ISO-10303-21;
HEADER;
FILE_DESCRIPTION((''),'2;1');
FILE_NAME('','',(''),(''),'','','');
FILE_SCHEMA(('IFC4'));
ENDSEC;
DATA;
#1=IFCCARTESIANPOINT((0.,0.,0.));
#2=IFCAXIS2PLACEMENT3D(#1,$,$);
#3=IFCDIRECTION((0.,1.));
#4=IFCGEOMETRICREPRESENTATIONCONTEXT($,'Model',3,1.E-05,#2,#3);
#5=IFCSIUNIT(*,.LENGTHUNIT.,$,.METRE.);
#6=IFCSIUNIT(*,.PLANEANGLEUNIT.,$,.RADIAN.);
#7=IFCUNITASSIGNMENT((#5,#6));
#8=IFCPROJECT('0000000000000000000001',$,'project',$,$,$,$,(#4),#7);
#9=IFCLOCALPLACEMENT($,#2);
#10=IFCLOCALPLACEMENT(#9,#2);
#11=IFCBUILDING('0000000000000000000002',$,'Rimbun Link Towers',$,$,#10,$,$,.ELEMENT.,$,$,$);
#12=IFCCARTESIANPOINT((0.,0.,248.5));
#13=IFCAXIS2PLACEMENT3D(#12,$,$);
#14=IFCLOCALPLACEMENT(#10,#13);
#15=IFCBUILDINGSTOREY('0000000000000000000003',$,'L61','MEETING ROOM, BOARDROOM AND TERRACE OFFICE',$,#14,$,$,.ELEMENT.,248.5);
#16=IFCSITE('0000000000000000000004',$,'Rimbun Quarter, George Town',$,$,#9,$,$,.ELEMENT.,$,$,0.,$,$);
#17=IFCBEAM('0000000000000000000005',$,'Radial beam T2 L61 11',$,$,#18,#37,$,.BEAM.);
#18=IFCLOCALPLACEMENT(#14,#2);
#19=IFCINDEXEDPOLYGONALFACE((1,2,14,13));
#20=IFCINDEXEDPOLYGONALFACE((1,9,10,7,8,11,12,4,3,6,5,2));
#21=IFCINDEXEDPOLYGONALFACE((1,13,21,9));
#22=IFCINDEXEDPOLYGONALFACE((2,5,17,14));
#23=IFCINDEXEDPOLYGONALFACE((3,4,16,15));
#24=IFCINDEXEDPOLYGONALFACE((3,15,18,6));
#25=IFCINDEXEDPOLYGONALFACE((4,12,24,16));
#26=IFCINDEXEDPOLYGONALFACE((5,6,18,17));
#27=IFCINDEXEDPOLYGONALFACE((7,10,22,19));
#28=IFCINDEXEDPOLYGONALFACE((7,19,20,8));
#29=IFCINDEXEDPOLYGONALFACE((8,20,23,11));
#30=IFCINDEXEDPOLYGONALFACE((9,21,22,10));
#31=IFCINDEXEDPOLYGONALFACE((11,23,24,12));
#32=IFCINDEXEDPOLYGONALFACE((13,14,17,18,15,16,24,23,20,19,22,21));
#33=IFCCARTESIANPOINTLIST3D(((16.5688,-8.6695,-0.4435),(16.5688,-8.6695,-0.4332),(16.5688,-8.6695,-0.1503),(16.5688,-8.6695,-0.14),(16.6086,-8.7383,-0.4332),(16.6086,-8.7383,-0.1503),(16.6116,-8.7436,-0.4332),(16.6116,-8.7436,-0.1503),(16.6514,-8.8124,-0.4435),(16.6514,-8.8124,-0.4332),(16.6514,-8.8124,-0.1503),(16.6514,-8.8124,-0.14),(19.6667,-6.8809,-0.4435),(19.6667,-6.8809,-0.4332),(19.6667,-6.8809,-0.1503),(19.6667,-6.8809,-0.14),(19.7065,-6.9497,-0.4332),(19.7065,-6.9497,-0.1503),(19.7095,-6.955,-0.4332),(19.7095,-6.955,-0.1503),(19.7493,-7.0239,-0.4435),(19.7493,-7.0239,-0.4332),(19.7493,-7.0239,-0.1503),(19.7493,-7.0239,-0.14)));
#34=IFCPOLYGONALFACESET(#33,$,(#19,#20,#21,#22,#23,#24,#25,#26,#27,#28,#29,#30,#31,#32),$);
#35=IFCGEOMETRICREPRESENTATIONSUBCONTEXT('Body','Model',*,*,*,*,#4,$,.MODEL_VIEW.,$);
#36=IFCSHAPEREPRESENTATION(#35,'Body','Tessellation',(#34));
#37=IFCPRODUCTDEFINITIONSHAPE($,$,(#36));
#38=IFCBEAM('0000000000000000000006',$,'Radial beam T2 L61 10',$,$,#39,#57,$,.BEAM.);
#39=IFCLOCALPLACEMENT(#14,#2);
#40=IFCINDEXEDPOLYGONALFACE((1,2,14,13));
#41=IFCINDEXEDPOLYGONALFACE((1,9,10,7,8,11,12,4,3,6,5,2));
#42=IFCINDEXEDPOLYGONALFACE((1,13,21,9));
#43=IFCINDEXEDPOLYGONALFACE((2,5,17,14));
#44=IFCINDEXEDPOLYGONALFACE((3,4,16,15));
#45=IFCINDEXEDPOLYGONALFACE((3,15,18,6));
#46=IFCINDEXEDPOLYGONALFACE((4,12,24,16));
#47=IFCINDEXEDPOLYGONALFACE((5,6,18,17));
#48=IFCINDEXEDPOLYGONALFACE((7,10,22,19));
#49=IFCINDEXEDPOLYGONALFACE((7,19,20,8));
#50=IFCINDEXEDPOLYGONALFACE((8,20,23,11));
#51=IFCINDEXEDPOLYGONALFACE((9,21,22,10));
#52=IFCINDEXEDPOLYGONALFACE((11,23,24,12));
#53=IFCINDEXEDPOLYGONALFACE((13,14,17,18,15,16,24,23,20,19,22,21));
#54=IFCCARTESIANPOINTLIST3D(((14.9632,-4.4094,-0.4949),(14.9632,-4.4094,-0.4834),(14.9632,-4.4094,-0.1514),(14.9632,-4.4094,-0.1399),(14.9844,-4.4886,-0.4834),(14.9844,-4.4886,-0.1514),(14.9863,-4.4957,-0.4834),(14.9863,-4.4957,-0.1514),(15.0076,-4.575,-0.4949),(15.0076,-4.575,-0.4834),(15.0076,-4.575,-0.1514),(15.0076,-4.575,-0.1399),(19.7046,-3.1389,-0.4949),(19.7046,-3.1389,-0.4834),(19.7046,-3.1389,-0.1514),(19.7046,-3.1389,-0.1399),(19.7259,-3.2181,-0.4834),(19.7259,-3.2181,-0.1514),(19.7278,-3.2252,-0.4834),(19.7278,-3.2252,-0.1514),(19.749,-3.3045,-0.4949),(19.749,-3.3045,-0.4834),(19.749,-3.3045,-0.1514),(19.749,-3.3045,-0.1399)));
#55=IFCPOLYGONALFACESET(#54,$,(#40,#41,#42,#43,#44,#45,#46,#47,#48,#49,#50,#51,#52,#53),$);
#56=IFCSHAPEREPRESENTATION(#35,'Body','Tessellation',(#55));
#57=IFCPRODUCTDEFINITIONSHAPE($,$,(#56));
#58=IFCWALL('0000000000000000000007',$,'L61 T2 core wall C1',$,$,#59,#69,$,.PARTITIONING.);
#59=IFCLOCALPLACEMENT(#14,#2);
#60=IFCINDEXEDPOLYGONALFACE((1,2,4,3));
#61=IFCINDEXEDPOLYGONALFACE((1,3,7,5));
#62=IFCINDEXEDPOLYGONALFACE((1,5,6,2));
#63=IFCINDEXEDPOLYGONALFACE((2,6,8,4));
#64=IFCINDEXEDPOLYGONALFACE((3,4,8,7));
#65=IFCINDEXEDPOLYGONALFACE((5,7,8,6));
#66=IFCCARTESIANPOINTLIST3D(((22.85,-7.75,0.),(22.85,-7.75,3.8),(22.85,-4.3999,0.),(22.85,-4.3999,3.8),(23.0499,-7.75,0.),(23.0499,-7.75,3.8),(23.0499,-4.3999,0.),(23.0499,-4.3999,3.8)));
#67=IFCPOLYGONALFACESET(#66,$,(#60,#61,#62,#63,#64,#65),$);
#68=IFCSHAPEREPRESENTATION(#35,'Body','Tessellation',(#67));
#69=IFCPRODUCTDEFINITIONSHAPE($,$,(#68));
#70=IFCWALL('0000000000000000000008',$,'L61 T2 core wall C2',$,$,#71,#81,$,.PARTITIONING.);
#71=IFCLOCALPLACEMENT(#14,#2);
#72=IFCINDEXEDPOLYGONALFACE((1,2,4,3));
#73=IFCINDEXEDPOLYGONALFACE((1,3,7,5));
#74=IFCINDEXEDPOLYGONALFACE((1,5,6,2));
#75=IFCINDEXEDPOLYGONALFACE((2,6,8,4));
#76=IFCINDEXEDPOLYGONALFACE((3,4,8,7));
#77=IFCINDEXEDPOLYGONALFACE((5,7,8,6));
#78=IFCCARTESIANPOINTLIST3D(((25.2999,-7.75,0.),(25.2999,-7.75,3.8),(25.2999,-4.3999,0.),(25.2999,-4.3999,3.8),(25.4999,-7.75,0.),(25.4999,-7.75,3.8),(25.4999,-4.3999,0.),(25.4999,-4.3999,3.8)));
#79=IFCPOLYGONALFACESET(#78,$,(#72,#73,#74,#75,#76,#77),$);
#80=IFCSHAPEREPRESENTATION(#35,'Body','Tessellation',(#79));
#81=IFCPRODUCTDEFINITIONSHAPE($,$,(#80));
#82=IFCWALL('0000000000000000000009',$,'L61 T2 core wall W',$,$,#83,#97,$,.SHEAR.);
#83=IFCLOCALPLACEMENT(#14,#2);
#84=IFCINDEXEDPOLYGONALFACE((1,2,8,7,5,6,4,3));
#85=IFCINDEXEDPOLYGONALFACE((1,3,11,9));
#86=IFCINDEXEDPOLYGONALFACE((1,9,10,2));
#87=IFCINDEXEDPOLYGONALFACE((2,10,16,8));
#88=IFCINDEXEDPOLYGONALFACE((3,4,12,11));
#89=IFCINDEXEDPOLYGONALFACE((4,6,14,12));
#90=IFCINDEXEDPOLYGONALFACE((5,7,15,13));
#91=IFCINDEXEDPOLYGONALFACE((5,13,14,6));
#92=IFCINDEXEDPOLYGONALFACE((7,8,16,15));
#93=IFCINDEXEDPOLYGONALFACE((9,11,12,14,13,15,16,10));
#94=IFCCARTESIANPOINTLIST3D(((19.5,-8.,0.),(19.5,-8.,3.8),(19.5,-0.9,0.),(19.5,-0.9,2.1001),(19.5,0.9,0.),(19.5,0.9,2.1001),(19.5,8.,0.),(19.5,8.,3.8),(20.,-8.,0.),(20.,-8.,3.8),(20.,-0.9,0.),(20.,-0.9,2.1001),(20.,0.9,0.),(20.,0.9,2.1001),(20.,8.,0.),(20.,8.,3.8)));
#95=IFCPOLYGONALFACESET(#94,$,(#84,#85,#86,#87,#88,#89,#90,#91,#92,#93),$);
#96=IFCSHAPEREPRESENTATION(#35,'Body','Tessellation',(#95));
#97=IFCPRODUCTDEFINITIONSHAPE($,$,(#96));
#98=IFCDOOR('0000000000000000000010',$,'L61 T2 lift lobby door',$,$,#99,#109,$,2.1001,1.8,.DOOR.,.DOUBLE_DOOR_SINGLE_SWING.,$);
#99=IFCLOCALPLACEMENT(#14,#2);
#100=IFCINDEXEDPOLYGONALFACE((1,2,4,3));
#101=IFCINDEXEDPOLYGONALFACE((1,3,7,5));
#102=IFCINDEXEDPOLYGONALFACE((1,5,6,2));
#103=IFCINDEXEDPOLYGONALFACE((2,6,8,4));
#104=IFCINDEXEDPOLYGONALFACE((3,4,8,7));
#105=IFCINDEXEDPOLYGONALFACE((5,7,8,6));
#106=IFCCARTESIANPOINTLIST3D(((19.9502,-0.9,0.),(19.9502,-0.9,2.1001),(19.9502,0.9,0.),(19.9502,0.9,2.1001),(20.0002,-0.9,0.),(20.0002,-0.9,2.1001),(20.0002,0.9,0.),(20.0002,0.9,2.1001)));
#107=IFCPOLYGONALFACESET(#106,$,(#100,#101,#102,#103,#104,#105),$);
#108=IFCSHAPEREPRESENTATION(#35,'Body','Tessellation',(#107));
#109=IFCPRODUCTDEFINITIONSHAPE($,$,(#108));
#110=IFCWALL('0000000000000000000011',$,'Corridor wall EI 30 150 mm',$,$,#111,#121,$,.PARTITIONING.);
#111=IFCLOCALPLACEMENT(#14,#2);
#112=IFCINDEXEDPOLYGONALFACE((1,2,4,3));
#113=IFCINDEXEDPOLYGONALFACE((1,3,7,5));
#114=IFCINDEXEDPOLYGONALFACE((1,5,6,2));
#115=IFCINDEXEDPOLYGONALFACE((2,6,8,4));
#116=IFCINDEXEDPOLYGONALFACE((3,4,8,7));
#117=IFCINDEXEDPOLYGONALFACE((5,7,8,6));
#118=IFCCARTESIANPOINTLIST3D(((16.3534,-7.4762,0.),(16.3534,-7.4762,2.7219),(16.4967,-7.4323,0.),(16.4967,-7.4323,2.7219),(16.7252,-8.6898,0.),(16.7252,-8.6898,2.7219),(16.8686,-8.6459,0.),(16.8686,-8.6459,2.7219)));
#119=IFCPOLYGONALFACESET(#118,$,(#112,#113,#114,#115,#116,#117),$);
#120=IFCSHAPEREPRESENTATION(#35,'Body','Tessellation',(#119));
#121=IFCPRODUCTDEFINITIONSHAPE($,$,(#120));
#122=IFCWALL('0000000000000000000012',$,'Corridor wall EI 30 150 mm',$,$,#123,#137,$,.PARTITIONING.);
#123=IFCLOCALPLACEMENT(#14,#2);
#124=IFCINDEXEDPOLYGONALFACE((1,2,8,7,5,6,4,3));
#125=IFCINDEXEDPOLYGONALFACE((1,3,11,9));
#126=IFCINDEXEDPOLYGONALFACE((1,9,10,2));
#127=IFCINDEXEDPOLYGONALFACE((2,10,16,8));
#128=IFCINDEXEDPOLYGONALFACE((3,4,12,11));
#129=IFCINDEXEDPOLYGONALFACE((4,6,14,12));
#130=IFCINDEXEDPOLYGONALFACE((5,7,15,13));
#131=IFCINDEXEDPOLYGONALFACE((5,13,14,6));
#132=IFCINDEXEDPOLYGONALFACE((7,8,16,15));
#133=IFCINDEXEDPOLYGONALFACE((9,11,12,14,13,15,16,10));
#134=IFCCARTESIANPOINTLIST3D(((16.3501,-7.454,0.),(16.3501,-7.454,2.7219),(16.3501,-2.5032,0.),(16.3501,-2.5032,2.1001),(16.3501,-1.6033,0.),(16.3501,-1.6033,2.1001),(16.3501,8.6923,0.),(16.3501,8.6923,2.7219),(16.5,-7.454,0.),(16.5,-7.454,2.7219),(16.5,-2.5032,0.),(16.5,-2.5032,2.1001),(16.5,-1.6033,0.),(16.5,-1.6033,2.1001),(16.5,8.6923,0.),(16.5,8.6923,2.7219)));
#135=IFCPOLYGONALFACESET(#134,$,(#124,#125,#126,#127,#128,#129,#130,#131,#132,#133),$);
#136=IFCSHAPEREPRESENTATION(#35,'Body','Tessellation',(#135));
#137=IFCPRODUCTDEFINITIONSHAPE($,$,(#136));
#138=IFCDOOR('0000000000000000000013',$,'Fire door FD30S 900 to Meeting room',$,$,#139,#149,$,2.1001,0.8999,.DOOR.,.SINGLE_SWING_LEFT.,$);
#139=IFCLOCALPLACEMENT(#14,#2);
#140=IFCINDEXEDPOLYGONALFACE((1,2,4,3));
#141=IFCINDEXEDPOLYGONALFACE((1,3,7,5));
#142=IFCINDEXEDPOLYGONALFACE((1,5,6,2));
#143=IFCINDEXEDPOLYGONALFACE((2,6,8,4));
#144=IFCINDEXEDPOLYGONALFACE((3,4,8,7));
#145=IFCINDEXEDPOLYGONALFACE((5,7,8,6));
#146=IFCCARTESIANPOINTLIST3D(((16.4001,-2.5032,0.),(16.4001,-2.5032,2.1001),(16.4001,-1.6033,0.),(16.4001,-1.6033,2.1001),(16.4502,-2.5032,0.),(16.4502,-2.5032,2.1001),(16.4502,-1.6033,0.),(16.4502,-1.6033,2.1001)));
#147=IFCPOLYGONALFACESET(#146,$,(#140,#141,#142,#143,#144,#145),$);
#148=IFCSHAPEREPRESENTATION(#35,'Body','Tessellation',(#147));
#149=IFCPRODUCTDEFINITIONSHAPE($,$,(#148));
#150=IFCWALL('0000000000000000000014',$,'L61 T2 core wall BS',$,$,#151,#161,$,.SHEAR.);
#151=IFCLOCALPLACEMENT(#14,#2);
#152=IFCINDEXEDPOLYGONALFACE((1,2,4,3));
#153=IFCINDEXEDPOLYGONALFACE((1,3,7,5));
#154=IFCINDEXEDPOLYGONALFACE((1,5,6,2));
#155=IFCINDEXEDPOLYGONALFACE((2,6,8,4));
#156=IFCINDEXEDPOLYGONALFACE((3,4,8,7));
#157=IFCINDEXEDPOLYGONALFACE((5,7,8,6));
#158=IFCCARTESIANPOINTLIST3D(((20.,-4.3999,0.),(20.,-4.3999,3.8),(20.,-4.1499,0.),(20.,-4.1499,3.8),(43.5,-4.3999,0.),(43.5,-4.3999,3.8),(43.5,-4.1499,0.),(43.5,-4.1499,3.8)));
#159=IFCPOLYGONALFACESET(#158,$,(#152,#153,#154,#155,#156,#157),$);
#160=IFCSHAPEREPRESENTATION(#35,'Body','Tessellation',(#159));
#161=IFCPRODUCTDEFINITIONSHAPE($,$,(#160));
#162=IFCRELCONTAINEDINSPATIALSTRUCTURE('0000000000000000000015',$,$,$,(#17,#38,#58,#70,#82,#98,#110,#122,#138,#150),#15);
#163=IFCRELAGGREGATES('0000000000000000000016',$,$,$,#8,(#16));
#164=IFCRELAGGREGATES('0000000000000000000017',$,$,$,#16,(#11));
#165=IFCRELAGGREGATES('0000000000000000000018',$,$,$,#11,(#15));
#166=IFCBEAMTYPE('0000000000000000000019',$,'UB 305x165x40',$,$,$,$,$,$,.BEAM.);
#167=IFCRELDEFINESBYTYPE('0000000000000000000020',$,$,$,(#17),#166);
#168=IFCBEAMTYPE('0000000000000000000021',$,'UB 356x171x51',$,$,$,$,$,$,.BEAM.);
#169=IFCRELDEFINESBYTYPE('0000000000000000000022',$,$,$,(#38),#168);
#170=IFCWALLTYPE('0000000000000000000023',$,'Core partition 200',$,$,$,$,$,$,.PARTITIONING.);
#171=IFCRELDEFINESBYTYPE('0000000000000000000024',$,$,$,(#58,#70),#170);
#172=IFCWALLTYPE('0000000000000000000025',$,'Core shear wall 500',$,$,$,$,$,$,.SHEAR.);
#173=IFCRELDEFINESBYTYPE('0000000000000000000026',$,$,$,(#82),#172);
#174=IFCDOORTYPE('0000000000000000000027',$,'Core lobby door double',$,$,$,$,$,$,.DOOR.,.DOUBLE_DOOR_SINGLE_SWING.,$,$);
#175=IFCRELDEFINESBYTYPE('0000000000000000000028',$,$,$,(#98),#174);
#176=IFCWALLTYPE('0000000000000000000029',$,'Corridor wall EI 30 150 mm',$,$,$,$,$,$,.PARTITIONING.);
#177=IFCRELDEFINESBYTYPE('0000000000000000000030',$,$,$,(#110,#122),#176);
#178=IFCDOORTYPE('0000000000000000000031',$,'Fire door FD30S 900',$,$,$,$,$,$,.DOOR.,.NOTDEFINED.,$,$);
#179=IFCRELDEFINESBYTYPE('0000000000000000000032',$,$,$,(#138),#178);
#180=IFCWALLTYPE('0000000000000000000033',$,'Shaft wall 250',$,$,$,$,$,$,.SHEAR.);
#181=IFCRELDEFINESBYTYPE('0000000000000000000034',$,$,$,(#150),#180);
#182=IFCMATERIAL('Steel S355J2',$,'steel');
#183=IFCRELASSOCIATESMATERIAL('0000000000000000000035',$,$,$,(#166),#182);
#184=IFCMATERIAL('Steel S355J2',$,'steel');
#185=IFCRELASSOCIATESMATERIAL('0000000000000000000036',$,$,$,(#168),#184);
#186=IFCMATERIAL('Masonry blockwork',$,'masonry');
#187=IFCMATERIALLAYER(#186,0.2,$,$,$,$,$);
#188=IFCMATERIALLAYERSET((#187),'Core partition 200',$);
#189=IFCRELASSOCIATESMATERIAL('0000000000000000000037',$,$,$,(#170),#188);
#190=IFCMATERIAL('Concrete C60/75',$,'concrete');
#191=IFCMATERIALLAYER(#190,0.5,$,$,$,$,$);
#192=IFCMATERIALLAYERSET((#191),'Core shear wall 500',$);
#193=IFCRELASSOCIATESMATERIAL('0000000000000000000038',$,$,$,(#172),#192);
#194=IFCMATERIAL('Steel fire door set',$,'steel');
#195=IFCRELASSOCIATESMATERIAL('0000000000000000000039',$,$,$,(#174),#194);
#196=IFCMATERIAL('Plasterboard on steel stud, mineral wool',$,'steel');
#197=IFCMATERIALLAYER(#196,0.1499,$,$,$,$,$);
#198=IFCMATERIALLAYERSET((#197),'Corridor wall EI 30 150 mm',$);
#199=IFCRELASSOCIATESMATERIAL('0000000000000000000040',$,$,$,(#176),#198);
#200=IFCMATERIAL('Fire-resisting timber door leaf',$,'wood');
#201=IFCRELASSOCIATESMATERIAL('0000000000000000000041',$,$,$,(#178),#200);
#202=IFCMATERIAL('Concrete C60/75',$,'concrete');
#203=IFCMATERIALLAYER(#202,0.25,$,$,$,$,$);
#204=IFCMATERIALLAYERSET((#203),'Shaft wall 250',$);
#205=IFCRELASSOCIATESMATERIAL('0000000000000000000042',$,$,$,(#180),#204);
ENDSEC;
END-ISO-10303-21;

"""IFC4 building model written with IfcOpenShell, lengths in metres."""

from ifc_helpers import new_model, si_unit, direction, frame, frame_2d, origin, origin_2d, place, context, subcontext, project, spatial, rectangle, i_section, extrude, material, layer, layer_set, material_profile, profile_set, type_object, element, fill, save


model = new_model("IFC4")

# Units and contexts
model_context = context("Model", 3, precision=1e-05, world=origin(), true_north=direction((0.0, 1.0)))
body_context = subcontext(model_context, "Body", "Model", "MODEL_VIEW")
ifc_project = project(units=[si_unit("LENGTHUNIT", "METRE"), si_unit("PLANEANGLEUNIT", "RADIAN")], contexts=[model_context])

# Site, building, storey
site_placement = place(None, origin())
site = spatial("IfcSite", under=ifc_project, at=site_placement, Name="Rimbun Quarter, George Town", CompositionType="ELEMENT", RefElevation=0.0)
building_placement = place(site_placement, origin())
building = spatial("IfcBuilding", under=site, at=building_placement, Name="Rimbun Link Towers", CompositionType="ELEMENT")
storey_placement = place(building_placement, frame((0.0, 0.0, 248.5)))
storey = spatial("IfcBuildingStorey", under=building, at=storey_placement, Name="L61", Description="MEETING ROOM, BOARDROOM AND TERRACE OFFICE", CompositionType="ELEMENT", Elevation=248.5)

# Beams
ifc_material_1 = material(Name="Steel S355J2", Category="steel")
ifc_material_profile_1 = material_profile(ifc_material_1, i_section(OverallWidth=0.165, OverallDepth=0.3035, WebThickness=0.0061, FlangeThickness=0.0103, at=origin_2d()), Name="UB 305x165x40")
ifc_profile_set_1 = profile_set([ifc_material_profile_1], Name="Steel S355J2")
beam_type_1 = type_object("IfcBeamType", Name="UB 305x165x40", PredefinedType="BEAM", material=ifc_profile_set_1)
beam_1_placement = place(storey_placement, frame((19.708, -6.9524, -0.2917), z_axis=(-0.866025, -0.5, 0.0), x_axis=(0.5, -0.866025, 0.0)))
element("IfcBeam", 1, at=beam_1_placement, inside=storey, type_object=beam_type_1, Name="Radial beam T2 L61 11", PredefinedType="BEAM", context=body_context, shape_type="SweptSolid", body=[
    extrude(i_section(OverallWidth=0.165, OverallDepth=0.3035, WebThickness=0.0061, FlangeThickness=0.0103, at=origin_2d()), origin(), (0.0, 0.0, 1.0), 3.5771),
])
ifc_material_2 = material(Name="Steel S355J2", Category="steel")
ifc_material_profile_2 = material_profile(ifc_material_2, i_section(OverallWidth=0.1714, OverallDepth=0.355, WebThickness=0.0073, FlangeThickness=0.0115, at=origin_2d()), Name="UB 356x171x51")
ifc_profile_set_2 = profile_set([ifc_material_profile_2], Name="Steel S355J2")
beam_type_2 = type_object("IfcBeamType", Name="UB 356x171x51", PredefinedType="BEAM", material=ifc_profile_set_2)
beam_2_placement = place(storey_placement, frame((19.7268, -3.2217, -0.3174), z_axis=(-0.965924, -0.258826, 0.0), x_axis=(0.258826, -0.965924, 0.0)))
element("IfcBeam", 2, at=beam_2_placement, inside=storey, type_object=beam_type_2, Name="Radial beam T2 L61 10", PredefinedType="BEAM", context=body_context, shape_type="SweptSolid", body=[
    extrude(i_section(OverallWidth=0.1714, OverallDepth=0.355, WebThickness=0.0073, FlangeThickness=0.0115, at=origin_2d()), origin(), (0.0, 0.0, 1.0), 4.9087),
])

# Walls
ifc_material_3 = material(Name="Masonry blockwork", Category="masonry")
ifc_layer_1 = layer(ifc_material_3, 0.2)
ifc_layer_set_1 = layer_set([ifc_layer_1], Name="Core partition 200")
wall_type_1 = type_object("IfcWallType", Name="Core partition 200", PredefinedType="PARTITIONING", material=ifc_layer_set_1)
for number, where, z_axis, x_axis, name in (
    (3, (22.95, -4.3999, 0.0), (0.0, 0.0, 1.0), (0.0, -1.0, 0.0), "L61 T2 core wall C1"),
    (4, (25.3999, -4.3999, 0.0), (0.0, 0.0, 1.0), (0.0, -1.0, 0.0), "L61 T2 core wall C2"),
):
    element("IfcWall", number, at=place(storey_placement, frame(where, z_axis=z_axis, x_axis=x_axis)), inside=storey, type_object=wall_type_1, Name=name, PredefinedType="PARTITIONING", context=body_context, shape_type="SweptSolid", body=[
        extrude(rectangle(XDim=3.3501, YDim=0.2, at=frame_2d((1.675, 0.0))), origin(), (0.0, 0.0, 1.0), 3.8),
    ])

# Wall, opening, door
ifc_material_4 = material(Name="Concrete C60/75", Category="concrete")
ifc_layer_2 = layer(ifc_material_4, 0.5)
ifc_layer_set_2 = layer_set([ifc_layer_2], Name="Core shear wall 500")
wall_type_2 = type_object("IfcWallType", Name="Core shear wall 500", PredefinedType="SHEAR", material=ifc_layer_set_2)
wall_1_placement = place(storey_placement, frame((19.75, -8.0, 0.0), z_axis=(0.0, 0.0, 1.0), x_axis=(0.0, 1.0, 0.0)))
wall_1 = element("IfcWall", 5, at=wall_1_placement, inside=storey, type_object=wall_type_2, Name="L61 T2 core wall W", PredefinedType="SHEAR", context=body_context, shape_type="SweptSolid", body=[
    extrude(rectangle(XDim=16.0, YDim=0.5, at=frame_2d((8.0, 0.0))), origin(), (0.0, 0.0, 1.0), 3.8),
])
opening_1_placement = place(wall_1_placement, frame((7.1001, 0.0, 0.0)))
opening_1 = element("IfcOpeningElement", 6, at=opening_1_placement, cuts=wall_1, PredefinedType="OPENING", context=body_context, shape_type="SweptSolid", body=[
    extrude(rectangle(XDim=1.8, YDim=2.1001, at=frame_2d((0.8999, 1.05))), frame((0.0, 0.26, 0.0), z_axis=(0.0, -1.0, 0.0), x_axis=(1.0, 0.0, 0.0)), (0.0, 0.0, 1.0), 0.52),
])
ifc_material_5 = material(Name="Steel fire door set", Category="steel")
door_type_1 = type_object("IfcDoorType", Name="Core lobby door double", OperationType="DOUBLE_DOOR_SINGLE_SWING", PredefinedType="DOOR", material=ifc_material_5)
door_1_placement = place(opening_1_placement, origin())
door_1 = element("IfcDoor", 7, at=door_1_placement, inside=storey, type_object=door_type_1, Name="L61 T2 lift lobby door", OperationType="DOUBLE_DOOR_SINGLE_SWING", OverallHeight=2.1001, OverallWidth=1.8, PredefinedType="DOOR", context=body_context, shape_type="SweptSolid", body=[
    extrude(rectangle(XDim=1.8, YDim=2.1001, at=frame_2d((0.8999, 1.05))), frame((0.0, -0.2002, 0.0), z_axis=(0.0, -1.0, 0.0), x_axis=(1.0, 0.0, 0.0)), (0.0, 0.0, 1.0), 0.05),
])
fill(opening_1, door_1)

# Wall
ifc_material_6 = material(Name="Plasterboard on steel stud, mineral wool", Category="steel")
ifc_layer_3 = layer(ifc_material_6, 0.1499)
ifc_layer_set_3 = layer_set([ifc_layer_3], Name="Corridor wall EI 30 150 mm")
wall_type_3 = type_object("IfcWallType", Name="Corridor wall EI 30 150 mm", PredefinedType="PARTITIONING", material=ifc_layer_set_3)
wall_2_placement = place(storey_placement, frame((16.425, -7.4541, 0.0), z_axis=(0.0, 0.0, 1.0), x_axis=(0.292937, -0.956132, 0.0)))
element("IfcWall", 8, at=wall_2_placement, inside=storey, type_object=wall_type_3, Name="Corridor wall EI 30 150 mm", PredefinedType="PARTITIONING", context=body_context, shape_type="SweptSolid", body=[
    extrude(rectangle(XDim=1.2693, YDim=0.1499, at=frame_2d((0.6348, 0.0))), origin(), (0.0, 0.0, 1.0), 2.7219),
])

# Wall, opening, door
wall_3_placement = place(storey_placement, frame((16.425, -7.4541, 0.0), z_axis=(0.0, 0.0, 1.0), x_axis=(0.0, 1.0, 0.0)))
wall_3 = element("IfcWall", 9, at=wall_3_placement, inside=storey, type_object=wall_type_3, Name="Corridor wall EI 30 150 mm", PredefinedType="PARTITIONING", context=body_context, shape_type="SweptSolid", body=[
    extrude(rectangle(XDim=16.1462, YDim=0.1499, at=frame_2d((8.0732, 0.0))), origin(), (0.0, 0.0, 1.0), 2.7219),
])
opening_2_placement = place(wall_3_placement, frame((4.9509, 0.0, 0.0)))
opening_2 = element("IfcOpeningElement", 10, at=opening_2_placement, cuts=wall_3, PredefinedType="OPENING", context=body_context, shape_type="SweptSolid", body=[
    extrude(rectangle(XDim=0.8999, YDim=2.1001, at=frame_2d((0.45, 1.05))), frame((0.0, 0.085, 0.0), z_axis=(0.0, -1.0, 0.0), x_axis=(1.0, 0.0, 0.0)), (0.0, 0.0, 1.0), 0.1699),
])
ifc_material_7 = material(Name="Fire-resisting timber door leaf", Category="wood")
door_type_2 = type_object("IfcDoorType", Name="Fire door FD30S 900", OperationType="NOTDEFINED", PredefinedType="DOOR", material=ifc_material_7)
door_2_placement = place(opening_2_placement, origin())
door_2 = element("IfcDoor", 11, at=door_2_placement, inside=storey, type_object=door_type_2, Name="Fire door FD30S 900 to Meeting room", OperationType="SINGLE_SWING_LEFT", OverallHeight=2.1001, OverallWidth=0.8999, PredefinedType="DOOR", context=body_context, shape_type="SweptSolid", body=[
    extrude(rectangle(XDim=0.8999, YDim=2.1001, at=frame_2d((0.45, 1.05))), frame((0.0, 0.0249, 0.0), z_axis=(0.0, -1.0, 0.0), x_axis=(1.0, 0.0, 0.0)), (0.0, 0.0, 1.0), 0.05),
])
fill(opening_2, door_2)

# Wall
ifc_material_8 = material(Name="Concrete C60/75", Category="concrete")
ifc_layer_4 = layer(ifc_material_8, 0.25)
ifc_layer_set_4 = layer_set([ifc_layer_4], Name="Shaft wall 250")
wall_type_4 = type_object("IfcWallType", Name="Shaft wall 250", PredefinedType="SHEAR", material=ifc_layer_set_4)
wall_4_placement = place(storey_placement, frame((20.0, -4.2749, 0.0), z_axis=(0.0, 0.0, 1.0), x_axis=(1.0, 0.0, 0.0)))
element("IfcWall", 12, at=wall_4_placement, inside=storey, type_object=wall_type_4, Name="L61 T2 core wall BS", PredefinedType="SHEAR", context=body_context, shape_type="SweptSolid", body=[
    extrude(rectangle(XDim=23.5, YDim=0.25, at=frame_2d((11.75, 0.0))), origin(), (0.0, 0.0, 1.0), 3.8),
])

save(model, "model.ifc")
